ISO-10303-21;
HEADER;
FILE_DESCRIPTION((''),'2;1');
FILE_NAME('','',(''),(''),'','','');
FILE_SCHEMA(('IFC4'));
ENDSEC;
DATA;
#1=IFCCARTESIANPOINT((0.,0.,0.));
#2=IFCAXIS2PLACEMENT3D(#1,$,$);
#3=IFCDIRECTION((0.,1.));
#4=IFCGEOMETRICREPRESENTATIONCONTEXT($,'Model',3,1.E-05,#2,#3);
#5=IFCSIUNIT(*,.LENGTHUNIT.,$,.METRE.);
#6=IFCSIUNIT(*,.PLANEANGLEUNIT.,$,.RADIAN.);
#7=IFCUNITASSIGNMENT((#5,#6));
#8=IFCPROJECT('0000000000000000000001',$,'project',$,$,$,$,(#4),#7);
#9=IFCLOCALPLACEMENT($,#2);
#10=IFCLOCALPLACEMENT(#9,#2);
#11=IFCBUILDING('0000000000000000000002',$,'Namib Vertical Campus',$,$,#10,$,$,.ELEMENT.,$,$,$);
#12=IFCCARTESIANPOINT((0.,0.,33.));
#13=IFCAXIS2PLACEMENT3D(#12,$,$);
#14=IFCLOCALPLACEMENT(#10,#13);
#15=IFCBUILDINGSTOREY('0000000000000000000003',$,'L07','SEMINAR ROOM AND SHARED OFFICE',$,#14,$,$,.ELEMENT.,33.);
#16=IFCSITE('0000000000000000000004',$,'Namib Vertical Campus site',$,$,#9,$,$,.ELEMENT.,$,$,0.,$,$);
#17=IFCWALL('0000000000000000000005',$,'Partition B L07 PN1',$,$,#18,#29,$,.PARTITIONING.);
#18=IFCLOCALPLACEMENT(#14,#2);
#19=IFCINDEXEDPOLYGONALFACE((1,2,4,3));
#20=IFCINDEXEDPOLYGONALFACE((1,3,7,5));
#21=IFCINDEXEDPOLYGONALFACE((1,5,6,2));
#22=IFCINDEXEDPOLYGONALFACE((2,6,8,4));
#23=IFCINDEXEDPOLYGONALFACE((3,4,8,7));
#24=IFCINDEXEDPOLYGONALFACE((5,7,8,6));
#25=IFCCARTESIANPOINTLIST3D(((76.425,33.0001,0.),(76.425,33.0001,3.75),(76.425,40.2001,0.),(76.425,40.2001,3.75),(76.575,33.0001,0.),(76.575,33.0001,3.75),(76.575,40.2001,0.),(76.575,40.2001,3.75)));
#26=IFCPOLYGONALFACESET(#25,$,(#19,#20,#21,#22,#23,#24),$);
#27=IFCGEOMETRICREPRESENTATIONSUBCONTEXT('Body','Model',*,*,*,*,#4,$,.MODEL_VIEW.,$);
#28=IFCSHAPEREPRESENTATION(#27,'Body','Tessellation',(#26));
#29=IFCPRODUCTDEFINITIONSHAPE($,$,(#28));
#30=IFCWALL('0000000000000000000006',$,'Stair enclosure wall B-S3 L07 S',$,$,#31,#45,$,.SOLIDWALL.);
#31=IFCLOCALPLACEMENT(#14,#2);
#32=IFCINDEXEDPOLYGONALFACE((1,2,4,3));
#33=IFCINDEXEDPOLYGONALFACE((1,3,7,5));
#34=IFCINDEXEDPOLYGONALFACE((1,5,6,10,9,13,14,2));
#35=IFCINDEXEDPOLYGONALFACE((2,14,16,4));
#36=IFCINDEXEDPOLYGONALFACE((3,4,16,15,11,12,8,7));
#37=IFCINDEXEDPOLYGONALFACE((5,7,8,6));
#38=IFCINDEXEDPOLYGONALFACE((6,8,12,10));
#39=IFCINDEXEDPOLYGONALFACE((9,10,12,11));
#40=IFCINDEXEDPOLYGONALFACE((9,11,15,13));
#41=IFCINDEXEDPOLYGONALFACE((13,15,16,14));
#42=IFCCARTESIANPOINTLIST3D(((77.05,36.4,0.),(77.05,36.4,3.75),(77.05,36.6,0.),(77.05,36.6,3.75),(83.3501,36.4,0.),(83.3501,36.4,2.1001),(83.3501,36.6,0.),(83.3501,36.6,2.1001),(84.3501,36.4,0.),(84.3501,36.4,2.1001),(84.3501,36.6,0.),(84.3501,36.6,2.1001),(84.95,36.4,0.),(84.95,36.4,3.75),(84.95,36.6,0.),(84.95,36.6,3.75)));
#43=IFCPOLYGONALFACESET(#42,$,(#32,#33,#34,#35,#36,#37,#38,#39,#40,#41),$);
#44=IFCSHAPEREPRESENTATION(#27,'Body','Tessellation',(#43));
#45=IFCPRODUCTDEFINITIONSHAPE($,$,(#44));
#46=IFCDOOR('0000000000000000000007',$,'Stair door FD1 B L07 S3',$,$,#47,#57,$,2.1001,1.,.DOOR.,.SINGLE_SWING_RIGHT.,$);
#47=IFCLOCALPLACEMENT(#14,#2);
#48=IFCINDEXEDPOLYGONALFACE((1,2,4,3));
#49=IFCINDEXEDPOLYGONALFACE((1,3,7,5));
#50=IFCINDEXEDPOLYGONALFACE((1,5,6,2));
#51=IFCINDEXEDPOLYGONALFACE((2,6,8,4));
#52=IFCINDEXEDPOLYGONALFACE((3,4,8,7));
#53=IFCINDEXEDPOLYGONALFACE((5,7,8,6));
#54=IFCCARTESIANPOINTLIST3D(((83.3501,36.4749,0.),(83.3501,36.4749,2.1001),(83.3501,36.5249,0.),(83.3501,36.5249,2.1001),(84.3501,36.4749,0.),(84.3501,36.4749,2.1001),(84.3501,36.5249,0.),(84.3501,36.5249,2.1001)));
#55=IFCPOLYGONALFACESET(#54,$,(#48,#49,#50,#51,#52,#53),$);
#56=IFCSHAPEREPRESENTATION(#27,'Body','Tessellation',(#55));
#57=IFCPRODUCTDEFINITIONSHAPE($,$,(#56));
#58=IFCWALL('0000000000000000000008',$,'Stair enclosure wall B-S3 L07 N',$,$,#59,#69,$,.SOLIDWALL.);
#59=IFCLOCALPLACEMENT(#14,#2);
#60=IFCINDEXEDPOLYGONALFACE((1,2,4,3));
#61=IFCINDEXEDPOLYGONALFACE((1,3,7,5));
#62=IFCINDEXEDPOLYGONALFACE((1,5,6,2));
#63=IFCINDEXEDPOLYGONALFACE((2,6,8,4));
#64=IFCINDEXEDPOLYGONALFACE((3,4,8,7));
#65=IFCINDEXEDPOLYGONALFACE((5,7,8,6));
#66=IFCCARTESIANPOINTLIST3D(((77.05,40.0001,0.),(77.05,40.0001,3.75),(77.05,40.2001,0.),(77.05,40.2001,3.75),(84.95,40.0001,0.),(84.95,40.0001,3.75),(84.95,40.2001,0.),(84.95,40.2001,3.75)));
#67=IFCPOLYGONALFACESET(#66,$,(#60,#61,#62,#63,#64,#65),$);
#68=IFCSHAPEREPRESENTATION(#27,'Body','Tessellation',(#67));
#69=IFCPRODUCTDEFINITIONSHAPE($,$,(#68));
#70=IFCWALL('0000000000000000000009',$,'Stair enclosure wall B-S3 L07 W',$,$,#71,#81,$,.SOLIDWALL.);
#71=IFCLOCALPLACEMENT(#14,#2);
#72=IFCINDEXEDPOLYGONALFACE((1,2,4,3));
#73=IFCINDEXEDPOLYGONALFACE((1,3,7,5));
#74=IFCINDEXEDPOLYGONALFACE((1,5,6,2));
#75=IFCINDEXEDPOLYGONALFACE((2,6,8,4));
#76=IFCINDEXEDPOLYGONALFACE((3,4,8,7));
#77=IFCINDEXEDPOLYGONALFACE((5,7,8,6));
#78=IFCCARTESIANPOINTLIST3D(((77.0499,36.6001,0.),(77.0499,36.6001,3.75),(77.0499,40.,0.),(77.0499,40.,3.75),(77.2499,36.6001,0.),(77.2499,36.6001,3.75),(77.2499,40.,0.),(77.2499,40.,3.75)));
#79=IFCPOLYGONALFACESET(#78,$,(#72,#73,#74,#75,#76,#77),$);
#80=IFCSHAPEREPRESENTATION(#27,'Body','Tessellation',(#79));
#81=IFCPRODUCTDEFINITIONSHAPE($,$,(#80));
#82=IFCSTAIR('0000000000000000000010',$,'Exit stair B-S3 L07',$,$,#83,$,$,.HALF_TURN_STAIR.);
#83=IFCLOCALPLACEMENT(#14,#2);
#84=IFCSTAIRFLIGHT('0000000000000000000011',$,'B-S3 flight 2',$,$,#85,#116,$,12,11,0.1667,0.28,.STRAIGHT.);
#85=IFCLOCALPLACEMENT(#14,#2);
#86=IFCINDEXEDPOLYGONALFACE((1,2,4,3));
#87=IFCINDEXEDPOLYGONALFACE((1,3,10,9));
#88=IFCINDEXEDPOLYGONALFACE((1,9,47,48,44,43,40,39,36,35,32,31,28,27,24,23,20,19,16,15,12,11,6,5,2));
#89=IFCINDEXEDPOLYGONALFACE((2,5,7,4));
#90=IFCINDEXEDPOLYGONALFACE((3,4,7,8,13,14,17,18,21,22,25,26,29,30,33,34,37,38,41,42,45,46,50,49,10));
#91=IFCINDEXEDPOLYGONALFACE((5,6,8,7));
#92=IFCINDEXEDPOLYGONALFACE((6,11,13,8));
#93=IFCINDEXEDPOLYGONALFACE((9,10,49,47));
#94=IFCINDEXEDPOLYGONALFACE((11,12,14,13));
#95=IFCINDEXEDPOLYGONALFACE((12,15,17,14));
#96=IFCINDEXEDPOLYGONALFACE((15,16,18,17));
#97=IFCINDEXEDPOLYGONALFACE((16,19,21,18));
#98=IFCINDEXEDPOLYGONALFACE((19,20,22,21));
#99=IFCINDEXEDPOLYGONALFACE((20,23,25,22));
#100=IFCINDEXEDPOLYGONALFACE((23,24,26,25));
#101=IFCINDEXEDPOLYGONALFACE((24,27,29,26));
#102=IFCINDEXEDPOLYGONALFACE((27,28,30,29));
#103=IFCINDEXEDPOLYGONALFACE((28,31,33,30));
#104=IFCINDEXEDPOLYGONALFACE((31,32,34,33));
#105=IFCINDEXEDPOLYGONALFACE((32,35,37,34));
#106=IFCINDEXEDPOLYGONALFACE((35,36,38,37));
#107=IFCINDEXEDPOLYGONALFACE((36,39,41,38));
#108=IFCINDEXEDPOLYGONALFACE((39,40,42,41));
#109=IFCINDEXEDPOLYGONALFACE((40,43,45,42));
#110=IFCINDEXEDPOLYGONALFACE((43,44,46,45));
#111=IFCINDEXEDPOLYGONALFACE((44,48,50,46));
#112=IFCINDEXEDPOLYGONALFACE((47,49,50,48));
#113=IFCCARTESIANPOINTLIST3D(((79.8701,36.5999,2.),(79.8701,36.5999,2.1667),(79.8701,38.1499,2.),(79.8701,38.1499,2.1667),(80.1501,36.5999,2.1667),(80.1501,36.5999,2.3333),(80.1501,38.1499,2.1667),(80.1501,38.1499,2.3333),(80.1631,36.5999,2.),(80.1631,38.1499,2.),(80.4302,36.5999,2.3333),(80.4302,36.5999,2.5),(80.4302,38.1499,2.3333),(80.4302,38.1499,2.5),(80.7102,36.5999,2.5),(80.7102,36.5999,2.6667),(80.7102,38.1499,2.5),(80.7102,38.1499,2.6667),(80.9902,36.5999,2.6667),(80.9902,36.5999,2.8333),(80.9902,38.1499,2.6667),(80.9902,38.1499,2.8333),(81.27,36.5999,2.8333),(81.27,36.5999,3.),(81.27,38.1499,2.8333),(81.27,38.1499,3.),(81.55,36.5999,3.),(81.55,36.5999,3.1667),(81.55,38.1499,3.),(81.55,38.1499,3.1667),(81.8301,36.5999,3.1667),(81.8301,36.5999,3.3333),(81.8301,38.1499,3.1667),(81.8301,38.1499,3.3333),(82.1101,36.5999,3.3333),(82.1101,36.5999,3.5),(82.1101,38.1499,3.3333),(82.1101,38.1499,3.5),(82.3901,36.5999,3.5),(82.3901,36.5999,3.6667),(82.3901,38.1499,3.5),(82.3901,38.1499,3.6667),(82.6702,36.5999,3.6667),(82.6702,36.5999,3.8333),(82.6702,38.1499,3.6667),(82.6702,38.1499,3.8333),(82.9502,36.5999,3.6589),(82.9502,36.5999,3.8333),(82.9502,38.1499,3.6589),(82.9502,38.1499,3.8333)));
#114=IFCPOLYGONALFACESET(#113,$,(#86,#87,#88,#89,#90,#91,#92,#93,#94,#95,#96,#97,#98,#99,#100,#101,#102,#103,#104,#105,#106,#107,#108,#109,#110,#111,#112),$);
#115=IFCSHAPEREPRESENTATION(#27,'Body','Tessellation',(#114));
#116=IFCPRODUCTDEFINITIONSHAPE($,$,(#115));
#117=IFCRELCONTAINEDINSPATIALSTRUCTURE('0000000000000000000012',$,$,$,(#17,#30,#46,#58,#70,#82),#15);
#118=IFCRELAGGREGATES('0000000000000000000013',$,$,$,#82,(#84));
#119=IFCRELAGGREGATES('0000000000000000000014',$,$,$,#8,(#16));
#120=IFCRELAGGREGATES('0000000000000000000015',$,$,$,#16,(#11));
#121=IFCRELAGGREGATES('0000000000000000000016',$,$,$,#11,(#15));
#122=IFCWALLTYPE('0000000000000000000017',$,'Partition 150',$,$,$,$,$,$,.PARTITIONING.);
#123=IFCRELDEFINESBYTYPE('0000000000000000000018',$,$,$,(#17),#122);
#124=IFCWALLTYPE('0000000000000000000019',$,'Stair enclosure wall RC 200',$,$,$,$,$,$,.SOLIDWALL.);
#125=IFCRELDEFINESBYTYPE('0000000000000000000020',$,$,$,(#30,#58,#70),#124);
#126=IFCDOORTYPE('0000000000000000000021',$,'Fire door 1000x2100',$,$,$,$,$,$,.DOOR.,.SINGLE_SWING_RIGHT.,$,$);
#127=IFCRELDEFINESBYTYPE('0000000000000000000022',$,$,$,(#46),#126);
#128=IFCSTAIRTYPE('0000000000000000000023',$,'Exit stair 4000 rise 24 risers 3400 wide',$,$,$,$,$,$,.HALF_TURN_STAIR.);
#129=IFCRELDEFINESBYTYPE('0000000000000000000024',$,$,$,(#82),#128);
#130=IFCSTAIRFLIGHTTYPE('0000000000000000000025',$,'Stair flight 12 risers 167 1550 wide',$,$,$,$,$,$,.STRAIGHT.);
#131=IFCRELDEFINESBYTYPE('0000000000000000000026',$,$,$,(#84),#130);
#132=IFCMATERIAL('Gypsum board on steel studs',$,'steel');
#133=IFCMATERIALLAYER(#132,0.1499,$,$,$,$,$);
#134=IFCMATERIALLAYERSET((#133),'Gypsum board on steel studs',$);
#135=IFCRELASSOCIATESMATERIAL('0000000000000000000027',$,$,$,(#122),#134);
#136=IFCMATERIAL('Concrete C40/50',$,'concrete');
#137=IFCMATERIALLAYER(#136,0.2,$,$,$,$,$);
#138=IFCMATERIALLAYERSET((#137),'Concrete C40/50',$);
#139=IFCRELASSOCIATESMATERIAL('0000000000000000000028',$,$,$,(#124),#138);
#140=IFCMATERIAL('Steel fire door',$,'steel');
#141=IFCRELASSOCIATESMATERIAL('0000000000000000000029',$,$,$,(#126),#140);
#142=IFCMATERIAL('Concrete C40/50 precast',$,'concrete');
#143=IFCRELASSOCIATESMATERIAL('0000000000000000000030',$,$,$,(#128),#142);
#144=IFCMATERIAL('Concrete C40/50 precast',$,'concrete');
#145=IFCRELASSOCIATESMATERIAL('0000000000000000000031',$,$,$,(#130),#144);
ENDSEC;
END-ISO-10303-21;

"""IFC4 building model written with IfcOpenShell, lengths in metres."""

from ifc_helpers import new_model, si_unit, direction, frame, frame_2d, origin, place, context, subcontext, project, spatial, polyline, rectangle, outline, extrude, material, layer, layer_set, type_object, element, fill, aggregate, save


model = new_model("IFC4")

# Units and contexts
model_context = context("Model", 3, precision=1e-05, world=origin(), true_north=direction((0.0, 1.0)))
body_context = subcontext(model_context, "Body", "Model", "MODEL_VIEW")
ifc_project = project(units=[si_unit("LENGTHUNIT", "METRE"), si_unit("PLANEANGLEUNIT", "RADIAN")], contexts=[model_context])

# Site, building, storey
site_placement = place(None, origin())
site = spatial("IfcSite", under=ifc_project, at=site_placement, Name="Namib Vertical Campus site", CompositionType="ELEMENT", RefElevation=0.0)
building_placement = place(site_placement, origin())
building = spatial("IfcBuilding", under=site, at=building_placement, Name="Namib Vertical Campus", CompositionType="ELEMENT")
storey_placement = place(building_placement, frame((0.0, 0.0, 33.0)))
storey = spatial("IfcBuildingStorey", under=building, at=storey_placement, Name="L07", Description="SEMINAR ROOM AND SHARED OFFICE", CompositionType="ELEMENT", Elevation=33.0)

# Wall
ifc_material_1 = material(Name="Gypsum board on steel studs", Category="steel")
ifc_layer_1 = layer(ifc_material_1, 0.1499)
ifc_layer_set_1 = layer_set([ifc_layer_1], Name="Gypsum board on steel studs")
wall_type_1 = type_object("IfcWallType", Name="Partition 150", PredefinedType="PARTITIONING", material=ifc_layer_set_1)
wall_1_placement = place(storey_placement, frame((76.5, 33.0, 0.0), z_axis=(0.0, 0.0, 1.0), x_axis=(0.0, 1.0, 0.0)))
element("IfcWall", 1, at=wall_1_placement, inside=storey, type_object=wall_type_1, Name="Partition B L07 PN1", PredefinedType="PARTITIONING", context=body_context, shape_type="SweptSolid", body=[
    extrude(rectangle(XDim=7.2, YDim=0.1499, at=frame_2d((3.6001, 0.0))), origin(), (0.0, 0.0, 1.0), 3.75),
])

# Wall, opening, door
ifc_material_2 = material(Name="Concrete C40/50", Category="concrete")
ifc_layer_2 = layer(ifc_material_2, 0.2)
ifc_layer_set_2 = layer_set([ifc_layer_2], Name="Concrete C40/50")
wall_type_2 = type_object("IfcWallType", Name="Stair enclosure wall RC 200", PredefinedType="SOLIDWALL", material=ifc_layer_set_2)
wall_2_placement = place(storey_placement, frame((77.05, 36.5, 0.0), z_axis=(0.0, 0.0, 1.0), x_axis=(1.0, 0.0, 0.0)))
wall_2 = element("IfcWall", 2, at=wall_2_placement, inside=storey, type_object=wall_type_2, Name="Stair enclosure wall B-S3 L07 S", PredefinedType="SOLIDWALL", context=body_context, shape_type="SweptSolid", body=[
    extrude(rectangle(XDim=7.8999, YDim=0.2, at=frame_2d((3.95, 0.0))), origin(), (0.0, 0.0, 1.0), 3.75),
])
opening_1_placement = place(wall_2_placement, frame((6.3, 0.0, 0.0)))
opening_1 = element("IfcOpeningElement", 3, at=opening_1_placement, cuts=wall_2, PredefinedType="OPENING", context=body_context, shape_type="SweptSolid", body=[
    extrude(rectangle(XDim=1.0, YDim=2.1001, at=frame_2d((0.5, 1.05))), frame((0.0, 0.1099, 0.0), z_axis=(0.0, -1.0, 0.0), x_axis=(1.0, 0.0, 0.0)), (0.0, 0.0, 1.0), 0.22),
])
ifc_material_3 = material(Name="Steel fire door", Category="steel")
door_type_1 = type_object("IfcDoorType", Name="Fire door 1000x2100", OperationType="SINGLE_SWING_RIGHT", PredefinedType="DOOR", material=ifc_material_3)
door_1_placement = place(opening_1_placement, origin())
door_1 = element("IfcDoor", 4, at=door_1_placement, inside=storey, type_object=door_type_1, Name="Stair door FD1 B L07 S3", OperationType="SINGLE_SWING_RIGHT", OverallHeight=2.1001, OverallWidth=1.0, PredefinedType="DOOR", context=body_context, shape_type="SweptSolid", body=[
    extrude(rectangle(XDim=1.0, YDim=2.1001, at=frame_2d((0.5, 1.05))), frame((0.0, 0.0249, 0.0), z_axis=(0.0, -1.0, 0.0), x_axis=(1.0, 0.0, 0.0)), (0.0, 0.0, 1.0), 0.05),
])
fill(opening_1, door_1)

# Walls
wall_3_placement = place(storey_placement, frame((77.05, 40.1001, 0.0), z_axis=(0.0, 0.0, 1.0), x_axis=(1.0, 0.0, 0.0)))
element("IfcWall", 5, at=wall_3_placement, inside=storey, type_object=wall_type_2, Name="Stair enclosure wall B-S3 L07 N", PredefinedType="SOLIDWALL", context=body_context, shape_type="SweptSolid", body=[
    extrude(rectangle(XDim=7.8999, YDim=0.2, at=frame_2d((3.95, 0.0))), origin(), (0.0, 0.0, 1.0), 3.75),
])
wall_4_placement = place(storey_placement, frame((77.1499, 36.6001, 0.0), z_axis=(0.0, 0.0, 1.0), x_axis=(0.0, 1.0, 0.0)))
element("IfcWall", 6, at=wall_4_placement, inside=storey, type_object=wall_type_2, Name="Stair enclosure wall B-S3 L07 W", PredefinedType="SOLIDWALL", context=body_context, shape_type="SweptSolid", body=[
    extrude(rectangle(XDim=3.3999, YDim=0.2, at=frame_2d((1.7, 0.0))), origin(), (0.0, 0.0, 1.0), 3.75),
])

# Stair, stair flight
ifc_material_4 = material(Name="Concrete C40/50 precast", Category="concrete")
stair_type = type_object("IfcStairType", Name="Exit stair 4000 rise 24 risers 3400 wide", PredefinedType="HALF_TURN_STAIR", material=ifc_material_4)
stair_placement = place(storey_placement, origin())
stair = element("IfcStair", 7, at=stair_placement, inside=storey, type_object=stair_type, Name="Exit stair B-S3 L07", PredefinedType="HALF_TURN_STAIR")
ifc_material_5 = material(Name="Concrete C40/50 precast", Category="concrete")
stair_flight_type = type_object("IfcStairFlightType", Name="Stair flight 12 risers 167 1550 wide", PredefinedType="STRAIGHT", material=ifc_material_5)
stair_flight_placement = place(storey_placement, frame((79.8701, 37.375, 2.0), z_axis=(0.0, 0.0, 1.0), x_axis=(1.0, 0.0, 0.0)))
stair_flight = element("IfcStairFlight", 8, at=stair_flight_placement, type_object=stair_flight_type, Name="B-S3 flight 2", NumberOfRisers=12, NumberOfTreads=11, PredefinedType="STRAIGHT", RiserHeight=0.1667, TreadLength=0.28, context=body_context, shape_type="SweptSolid", body=[
    extrude(outline(polyline([(0.0, 0.0), (0.0, 0.1667), (0.28, 0.1667), (0.28, 0.3333), (0.5601, 0.3333), (0.5601, 0.5), (0.8401, 0.5), (0.8401, 0.6667), (1.1201, 0.6667), (1.1201, 0.8333), (1.3999, 0.8333), (1.3999, 1.0), (1.6799, 1.0), (1.6799, 1.1667), (1.96, 1.1667), (1.96, 1.3333), (2.24, 1.3333), (2.24, 1.5), (2.52, 1.5), (2.52, 1.6667), (2.8, 1.6667), (2.8, 1.8333), (3.0801, 1.8333), (3.0801, 2.0), (3.0801, 1.6589), (0.293, 0.0), (0.0, 0.0)])), frame((0.0, 0.7749, 0.0), z_axis=(0.0, -1.0, 0.0), x_axis=(1.0, 0.0, 0.0)), (0.0, 0.0, 1.0), 1.55),
])
aggregate(stair, [stair_flight])

save(model, "model.ifc")
